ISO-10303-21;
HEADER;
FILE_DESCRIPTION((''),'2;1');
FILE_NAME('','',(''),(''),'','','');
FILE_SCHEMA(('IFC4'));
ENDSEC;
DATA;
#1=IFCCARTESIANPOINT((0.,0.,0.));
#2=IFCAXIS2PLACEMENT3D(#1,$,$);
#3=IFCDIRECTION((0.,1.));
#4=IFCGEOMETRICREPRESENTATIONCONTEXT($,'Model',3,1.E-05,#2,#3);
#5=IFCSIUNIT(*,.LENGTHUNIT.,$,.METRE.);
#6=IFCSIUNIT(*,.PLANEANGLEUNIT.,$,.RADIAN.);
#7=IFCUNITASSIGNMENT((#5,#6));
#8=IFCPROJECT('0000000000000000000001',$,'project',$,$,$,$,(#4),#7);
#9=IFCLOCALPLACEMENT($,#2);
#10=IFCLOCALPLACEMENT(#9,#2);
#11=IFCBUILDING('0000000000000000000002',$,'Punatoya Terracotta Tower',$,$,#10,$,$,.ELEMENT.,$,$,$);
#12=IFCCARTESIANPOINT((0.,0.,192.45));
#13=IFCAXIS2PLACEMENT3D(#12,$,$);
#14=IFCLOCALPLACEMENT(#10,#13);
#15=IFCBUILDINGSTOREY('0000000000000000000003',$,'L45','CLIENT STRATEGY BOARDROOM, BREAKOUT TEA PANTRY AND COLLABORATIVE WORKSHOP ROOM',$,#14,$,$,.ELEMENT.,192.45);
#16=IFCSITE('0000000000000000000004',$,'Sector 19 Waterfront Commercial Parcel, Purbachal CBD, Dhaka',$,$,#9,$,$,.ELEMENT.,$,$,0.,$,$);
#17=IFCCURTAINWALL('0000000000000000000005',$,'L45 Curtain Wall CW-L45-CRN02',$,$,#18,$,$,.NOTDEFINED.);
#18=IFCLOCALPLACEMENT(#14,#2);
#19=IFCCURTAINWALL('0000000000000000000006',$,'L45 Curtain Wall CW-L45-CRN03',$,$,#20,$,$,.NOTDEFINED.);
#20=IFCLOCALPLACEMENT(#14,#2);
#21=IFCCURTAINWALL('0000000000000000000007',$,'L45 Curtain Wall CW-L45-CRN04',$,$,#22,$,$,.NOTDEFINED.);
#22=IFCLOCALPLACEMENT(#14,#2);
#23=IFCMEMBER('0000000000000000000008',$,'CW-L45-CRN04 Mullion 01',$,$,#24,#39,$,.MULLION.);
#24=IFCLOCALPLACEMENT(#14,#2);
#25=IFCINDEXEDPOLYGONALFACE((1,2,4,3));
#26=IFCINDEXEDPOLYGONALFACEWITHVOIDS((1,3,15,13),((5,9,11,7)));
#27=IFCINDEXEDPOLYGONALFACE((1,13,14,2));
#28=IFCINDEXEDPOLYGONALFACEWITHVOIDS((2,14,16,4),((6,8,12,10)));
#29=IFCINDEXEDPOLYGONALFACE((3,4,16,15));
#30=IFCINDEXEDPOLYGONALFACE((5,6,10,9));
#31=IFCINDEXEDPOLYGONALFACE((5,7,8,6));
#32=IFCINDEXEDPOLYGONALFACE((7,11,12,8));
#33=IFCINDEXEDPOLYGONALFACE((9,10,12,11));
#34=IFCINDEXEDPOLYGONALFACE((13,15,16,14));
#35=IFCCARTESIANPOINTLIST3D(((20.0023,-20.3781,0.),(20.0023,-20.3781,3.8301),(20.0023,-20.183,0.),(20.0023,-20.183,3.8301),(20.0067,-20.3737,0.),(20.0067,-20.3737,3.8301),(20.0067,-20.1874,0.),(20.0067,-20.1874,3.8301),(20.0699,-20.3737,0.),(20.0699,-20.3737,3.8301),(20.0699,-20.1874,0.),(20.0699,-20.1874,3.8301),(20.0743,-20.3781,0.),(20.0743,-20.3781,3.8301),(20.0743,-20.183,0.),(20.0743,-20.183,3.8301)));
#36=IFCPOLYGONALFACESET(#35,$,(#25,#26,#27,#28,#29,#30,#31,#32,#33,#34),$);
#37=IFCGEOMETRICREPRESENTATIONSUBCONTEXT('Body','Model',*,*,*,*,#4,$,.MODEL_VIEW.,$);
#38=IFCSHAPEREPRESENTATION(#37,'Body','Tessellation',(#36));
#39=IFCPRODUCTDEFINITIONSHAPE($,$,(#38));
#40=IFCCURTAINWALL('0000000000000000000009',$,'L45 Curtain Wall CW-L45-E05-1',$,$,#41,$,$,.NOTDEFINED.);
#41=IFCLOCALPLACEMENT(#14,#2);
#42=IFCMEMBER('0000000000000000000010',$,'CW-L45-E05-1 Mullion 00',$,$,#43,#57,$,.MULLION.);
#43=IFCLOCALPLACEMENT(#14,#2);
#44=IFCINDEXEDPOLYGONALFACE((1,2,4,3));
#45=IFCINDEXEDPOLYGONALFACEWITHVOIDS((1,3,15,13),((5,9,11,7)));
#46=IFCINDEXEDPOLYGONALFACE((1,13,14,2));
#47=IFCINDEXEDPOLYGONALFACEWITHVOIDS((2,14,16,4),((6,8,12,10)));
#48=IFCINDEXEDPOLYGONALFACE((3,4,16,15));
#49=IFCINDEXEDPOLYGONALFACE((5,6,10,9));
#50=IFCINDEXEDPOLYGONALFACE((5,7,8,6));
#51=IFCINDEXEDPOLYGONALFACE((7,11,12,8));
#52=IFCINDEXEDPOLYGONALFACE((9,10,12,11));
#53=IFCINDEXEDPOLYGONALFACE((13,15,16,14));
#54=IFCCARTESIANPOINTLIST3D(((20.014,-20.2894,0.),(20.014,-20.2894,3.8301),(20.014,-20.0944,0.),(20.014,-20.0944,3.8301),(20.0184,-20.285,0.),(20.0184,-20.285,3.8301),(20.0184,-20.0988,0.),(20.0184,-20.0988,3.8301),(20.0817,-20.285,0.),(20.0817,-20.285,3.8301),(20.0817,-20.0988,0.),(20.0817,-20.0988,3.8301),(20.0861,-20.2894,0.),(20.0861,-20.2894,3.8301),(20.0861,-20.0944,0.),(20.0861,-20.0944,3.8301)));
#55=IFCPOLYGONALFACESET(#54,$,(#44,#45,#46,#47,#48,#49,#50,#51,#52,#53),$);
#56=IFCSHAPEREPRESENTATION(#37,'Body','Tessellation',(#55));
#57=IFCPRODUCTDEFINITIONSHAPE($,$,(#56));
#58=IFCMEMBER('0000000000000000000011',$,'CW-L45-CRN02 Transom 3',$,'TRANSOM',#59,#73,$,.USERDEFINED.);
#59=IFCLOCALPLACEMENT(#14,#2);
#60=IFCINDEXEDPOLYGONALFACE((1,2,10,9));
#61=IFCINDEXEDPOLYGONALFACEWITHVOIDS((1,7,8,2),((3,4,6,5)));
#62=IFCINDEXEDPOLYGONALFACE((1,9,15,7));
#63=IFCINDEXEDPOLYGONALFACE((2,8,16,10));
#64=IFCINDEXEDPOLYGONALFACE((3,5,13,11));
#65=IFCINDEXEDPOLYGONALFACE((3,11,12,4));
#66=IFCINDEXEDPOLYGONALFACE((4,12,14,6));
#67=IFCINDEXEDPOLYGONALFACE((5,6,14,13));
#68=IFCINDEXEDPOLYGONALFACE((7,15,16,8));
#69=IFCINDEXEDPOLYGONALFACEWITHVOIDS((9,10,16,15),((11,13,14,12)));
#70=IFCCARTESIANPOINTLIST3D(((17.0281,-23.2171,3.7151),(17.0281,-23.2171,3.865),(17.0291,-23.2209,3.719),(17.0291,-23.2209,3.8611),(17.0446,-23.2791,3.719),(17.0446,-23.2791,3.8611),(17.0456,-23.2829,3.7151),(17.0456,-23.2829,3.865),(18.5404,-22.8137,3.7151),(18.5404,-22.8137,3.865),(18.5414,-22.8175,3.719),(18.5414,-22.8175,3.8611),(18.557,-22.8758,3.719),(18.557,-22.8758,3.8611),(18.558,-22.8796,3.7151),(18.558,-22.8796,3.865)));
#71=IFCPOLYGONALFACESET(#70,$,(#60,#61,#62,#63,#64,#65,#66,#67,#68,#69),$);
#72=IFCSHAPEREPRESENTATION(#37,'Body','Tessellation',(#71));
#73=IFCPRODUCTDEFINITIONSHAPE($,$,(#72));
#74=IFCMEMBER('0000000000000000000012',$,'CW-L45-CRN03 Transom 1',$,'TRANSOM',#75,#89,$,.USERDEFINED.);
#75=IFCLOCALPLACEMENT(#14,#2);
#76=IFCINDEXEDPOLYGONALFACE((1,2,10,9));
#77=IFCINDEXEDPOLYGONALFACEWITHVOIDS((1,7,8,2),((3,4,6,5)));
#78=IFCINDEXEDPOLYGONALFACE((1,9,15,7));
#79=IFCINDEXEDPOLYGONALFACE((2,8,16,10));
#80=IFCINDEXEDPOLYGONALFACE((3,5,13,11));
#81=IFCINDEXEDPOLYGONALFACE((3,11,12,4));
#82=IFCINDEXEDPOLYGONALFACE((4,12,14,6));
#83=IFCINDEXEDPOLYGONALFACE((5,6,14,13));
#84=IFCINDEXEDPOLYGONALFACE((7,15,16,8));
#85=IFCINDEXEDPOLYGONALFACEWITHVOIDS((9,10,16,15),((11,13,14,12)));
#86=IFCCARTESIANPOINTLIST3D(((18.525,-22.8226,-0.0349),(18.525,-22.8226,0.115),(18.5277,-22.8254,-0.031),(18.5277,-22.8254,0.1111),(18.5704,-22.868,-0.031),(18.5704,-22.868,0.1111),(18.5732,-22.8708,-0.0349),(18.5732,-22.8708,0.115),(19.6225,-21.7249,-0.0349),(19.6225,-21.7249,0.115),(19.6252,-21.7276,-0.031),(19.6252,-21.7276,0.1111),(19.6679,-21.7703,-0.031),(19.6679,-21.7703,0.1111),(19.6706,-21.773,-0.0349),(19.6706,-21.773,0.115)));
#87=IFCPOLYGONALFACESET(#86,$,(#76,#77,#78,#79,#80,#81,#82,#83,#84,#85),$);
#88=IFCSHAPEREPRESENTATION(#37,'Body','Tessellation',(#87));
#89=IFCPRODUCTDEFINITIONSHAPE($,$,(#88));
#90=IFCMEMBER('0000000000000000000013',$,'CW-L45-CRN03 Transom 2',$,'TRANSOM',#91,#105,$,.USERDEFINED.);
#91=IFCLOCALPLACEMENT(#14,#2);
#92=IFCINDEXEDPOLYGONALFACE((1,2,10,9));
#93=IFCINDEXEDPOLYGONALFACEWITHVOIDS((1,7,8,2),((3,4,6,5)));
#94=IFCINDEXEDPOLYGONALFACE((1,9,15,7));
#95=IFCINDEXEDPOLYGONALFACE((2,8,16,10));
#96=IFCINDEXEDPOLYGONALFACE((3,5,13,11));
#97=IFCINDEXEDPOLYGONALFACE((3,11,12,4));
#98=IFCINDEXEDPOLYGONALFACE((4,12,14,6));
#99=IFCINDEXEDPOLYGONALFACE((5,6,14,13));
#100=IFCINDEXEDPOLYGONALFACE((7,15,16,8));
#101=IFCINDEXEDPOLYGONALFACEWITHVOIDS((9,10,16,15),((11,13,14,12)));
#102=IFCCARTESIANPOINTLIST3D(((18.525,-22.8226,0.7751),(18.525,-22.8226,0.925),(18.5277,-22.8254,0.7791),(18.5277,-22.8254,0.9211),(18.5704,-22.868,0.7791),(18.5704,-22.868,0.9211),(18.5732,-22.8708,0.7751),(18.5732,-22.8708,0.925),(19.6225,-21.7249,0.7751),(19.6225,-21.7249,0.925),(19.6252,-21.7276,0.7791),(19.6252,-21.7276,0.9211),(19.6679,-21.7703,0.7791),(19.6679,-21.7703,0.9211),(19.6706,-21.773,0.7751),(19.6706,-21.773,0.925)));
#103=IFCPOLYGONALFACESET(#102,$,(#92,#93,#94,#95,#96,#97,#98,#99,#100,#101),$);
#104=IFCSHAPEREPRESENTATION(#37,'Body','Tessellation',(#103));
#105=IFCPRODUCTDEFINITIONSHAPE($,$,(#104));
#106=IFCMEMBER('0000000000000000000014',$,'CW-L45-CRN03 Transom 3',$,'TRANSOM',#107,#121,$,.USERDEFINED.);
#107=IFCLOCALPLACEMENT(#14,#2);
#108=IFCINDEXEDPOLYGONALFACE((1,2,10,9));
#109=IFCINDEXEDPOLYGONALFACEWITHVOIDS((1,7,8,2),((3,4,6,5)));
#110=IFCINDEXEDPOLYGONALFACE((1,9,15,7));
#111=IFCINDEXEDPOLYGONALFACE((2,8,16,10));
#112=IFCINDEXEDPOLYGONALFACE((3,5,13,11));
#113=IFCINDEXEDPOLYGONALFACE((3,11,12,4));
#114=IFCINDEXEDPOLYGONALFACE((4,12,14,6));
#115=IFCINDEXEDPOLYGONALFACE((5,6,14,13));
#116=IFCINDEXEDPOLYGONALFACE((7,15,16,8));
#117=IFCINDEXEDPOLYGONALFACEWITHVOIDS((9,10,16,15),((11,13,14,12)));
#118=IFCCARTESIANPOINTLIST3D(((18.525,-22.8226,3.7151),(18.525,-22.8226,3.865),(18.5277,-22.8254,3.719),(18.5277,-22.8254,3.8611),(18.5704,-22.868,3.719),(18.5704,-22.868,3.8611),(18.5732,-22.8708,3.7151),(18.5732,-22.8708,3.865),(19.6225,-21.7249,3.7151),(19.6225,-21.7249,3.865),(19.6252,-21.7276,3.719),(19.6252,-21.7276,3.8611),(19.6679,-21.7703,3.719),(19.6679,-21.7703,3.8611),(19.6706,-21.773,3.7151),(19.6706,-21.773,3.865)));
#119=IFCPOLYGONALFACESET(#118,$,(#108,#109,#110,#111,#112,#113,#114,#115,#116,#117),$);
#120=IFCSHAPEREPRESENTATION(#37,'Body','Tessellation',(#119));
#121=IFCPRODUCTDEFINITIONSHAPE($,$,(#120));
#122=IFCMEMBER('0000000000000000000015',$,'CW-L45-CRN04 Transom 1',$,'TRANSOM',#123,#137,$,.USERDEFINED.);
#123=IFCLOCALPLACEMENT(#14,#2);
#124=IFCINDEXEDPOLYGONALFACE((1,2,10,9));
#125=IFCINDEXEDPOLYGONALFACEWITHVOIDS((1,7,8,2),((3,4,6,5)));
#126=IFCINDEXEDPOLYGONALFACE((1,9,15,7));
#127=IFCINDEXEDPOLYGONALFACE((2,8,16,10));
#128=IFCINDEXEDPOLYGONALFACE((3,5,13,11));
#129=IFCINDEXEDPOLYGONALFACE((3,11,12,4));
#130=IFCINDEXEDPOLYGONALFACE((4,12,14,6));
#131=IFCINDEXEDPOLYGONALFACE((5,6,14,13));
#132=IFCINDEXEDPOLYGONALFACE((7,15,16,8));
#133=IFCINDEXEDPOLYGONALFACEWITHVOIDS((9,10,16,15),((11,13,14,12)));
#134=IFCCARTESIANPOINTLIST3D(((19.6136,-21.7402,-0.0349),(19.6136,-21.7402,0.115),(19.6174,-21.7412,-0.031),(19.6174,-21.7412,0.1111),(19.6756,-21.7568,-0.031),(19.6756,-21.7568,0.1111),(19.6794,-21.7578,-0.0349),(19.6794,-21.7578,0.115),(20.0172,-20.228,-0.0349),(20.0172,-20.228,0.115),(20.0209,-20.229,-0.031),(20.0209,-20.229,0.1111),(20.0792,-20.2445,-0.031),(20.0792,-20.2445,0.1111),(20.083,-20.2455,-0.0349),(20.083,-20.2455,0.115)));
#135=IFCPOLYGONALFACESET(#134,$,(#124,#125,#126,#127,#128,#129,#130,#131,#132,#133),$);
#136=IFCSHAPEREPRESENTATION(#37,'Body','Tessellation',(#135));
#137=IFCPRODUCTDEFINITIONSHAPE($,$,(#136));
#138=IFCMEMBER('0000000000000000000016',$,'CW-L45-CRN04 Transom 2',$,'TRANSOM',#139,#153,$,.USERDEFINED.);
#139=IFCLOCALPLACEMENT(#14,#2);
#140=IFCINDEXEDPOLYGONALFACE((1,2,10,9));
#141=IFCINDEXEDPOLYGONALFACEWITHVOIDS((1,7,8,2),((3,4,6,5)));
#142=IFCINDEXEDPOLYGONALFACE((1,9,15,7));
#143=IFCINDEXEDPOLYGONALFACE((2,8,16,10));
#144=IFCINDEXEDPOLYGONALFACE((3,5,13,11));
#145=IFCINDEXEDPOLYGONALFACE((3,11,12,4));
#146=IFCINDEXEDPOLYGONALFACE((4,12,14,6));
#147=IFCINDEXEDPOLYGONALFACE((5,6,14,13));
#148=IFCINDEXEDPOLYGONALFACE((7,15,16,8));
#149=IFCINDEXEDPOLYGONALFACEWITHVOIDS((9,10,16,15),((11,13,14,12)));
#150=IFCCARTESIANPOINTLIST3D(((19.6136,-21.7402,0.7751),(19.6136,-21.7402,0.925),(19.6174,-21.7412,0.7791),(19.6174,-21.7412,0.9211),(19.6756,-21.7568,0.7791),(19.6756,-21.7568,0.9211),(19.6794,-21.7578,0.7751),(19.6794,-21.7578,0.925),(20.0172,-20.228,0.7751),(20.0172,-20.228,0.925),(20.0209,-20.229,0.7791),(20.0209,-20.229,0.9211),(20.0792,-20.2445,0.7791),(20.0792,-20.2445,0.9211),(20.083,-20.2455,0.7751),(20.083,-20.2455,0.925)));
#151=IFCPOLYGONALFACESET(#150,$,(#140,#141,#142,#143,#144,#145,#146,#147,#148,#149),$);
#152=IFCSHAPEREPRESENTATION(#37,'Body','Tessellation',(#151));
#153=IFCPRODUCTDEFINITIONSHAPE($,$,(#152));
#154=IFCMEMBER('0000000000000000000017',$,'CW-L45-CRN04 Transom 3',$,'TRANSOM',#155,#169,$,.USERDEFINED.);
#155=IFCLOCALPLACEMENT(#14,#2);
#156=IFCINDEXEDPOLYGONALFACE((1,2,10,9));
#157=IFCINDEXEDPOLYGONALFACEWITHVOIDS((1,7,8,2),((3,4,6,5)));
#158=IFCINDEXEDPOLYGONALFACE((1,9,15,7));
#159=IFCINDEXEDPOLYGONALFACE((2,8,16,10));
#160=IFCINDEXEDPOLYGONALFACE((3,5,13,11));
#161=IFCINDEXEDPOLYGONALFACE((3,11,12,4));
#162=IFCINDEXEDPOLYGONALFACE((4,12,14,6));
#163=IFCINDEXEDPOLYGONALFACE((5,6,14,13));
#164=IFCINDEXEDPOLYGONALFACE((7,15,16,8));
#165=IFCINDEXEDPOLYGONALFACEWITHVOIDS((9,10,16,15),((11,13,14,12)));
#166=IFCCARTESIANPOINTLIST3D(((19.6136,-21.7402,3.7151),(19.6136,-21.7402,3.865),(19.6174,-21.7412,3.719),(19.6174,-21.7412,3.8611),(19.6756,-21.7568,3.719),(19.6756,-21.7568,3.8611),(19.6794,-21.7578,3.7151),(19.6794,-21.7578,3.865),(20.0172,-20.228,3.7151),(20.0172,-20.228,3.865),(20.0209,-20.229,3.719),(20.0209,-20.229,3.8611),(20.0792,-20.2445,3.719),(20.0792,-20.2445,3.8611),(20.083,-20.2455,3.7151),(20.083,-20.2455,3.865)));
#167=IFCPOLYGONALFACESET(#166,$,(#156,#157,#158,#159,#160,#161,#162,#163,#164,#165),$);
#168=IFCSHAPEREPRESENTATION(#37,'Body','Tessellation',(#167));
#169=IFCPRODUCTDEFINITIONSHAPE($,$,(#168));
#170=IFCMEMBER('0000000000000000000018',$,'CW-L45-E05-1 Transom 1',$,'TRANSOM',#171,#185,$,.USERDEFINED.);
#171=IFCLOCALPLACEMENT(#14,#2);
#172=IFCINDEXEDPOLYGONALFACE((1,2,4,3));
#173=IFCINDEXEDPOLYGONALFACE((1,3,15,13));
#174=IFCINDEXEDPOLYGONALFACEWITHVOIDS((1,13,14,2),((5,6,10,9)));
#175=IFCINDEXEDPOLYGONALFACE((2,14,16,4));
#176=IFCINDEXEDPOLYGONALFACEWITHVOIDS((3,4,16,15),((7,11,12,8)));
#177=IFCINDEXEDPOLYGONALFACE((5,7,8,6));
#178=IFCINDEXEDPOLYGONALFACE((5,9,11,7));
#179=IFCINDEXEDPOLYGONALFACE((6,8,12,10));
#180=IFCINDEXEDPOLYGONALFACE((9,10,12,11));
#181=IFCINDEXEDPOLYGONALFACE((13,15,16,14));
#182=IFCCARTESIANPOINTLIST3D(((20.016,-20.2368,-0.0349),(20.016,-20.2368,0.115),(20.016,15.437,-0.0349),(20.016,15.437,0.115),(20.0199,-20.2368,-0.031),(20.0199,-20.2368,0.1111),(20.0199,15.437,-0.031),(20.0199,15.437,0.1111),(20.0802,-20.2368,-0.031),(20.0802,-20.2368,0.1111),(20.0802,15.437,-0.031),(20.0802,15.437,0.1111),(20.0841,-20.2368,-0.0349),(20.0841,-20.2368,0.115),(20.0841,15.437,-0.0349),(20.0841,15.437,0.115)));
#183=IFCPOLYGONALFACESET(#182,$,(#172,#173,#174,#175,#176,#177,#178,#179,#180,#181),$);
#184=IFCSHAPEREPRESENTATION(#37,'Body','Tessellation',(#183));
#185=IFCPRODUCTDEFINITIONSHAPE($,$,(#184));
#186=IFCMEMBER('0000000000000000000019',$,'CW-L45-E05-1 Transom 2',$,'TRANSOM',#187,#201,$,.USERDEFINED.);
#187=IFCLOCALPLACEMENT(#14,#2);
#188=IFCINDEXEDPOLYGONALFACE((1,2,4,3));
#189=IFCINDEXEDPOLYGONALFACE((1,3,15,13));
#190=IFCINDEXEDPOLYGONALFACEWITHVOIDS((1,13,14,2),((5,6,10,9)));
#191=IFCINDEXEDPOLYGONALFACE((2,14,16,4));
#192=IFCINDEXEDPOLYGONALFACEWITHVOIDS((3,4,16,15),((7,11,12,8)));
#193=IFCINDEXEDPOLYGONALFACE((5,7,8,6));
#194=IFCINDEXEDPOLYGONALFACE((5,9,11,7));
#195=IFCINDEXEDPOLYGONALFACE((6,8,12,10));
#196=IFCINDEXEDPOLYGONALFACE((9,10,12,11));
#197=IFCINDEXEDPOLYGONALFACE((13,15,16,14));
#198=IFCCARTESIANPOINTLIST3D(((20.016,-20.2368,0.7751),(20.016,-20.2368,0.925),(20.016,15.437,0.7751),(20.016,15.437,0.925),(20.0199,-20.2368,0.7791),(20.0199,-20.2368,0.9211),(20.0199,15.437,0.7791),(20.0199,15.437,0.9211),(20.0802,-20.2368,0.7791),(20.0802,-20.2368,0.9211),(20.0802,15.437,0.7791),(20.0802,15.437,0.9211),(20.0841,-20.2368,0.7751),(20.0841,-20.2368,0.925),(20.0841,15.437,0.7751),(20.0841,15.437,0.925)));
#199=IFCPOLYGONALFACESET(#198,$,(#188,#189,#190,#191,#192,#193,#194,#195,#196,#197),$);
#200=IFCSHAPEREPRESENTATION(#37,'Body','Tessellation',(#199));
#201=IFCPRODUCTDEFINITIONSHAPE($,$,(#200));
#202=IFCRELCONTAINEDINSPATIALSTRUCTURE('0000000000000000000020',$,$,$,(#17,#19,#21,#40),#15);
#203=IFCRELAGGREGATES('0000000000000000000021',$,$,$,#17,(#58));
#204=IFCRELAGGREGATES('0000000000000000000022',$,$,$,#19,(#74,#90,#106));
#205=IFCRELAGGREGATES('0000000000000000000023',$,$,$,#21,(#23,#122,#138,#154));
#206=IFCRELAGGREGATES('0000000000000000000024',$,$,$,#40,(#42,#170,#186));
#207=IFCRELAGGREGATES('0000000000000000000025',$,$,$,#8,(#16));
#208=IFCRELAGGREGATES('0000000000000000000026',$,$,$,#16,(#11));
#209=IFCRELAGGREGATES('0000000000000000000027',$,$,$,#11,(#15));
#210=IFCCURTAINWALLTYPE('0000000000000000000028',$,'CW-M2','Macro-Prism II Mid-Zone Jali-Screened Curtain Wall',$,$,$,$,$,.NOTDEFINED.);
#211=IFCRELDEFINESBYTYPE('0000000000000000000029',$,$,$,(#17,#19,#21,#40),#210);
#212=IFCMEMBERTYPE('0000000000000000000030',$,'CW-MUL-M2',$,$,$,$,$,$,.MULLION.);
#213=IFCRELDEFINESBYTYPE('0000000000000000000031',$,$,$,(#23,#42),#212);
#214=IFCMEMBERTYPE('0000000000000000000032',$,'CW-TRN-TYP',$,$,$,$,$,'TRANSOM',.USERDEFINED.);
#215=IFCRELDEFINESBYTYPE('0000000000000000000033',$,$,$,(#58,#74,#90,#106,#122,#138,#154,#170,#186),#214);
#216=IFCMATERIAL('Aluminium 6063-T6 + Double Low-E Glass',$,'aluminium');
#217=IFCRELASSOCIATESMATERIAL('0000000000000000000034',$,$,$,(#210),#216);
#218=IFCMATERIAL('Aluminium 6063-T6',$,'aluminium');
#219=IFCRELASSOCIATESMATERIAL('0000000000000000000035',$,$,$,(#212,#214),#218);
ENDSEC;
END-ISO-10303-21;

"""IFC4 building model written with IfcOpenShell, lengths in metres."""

from ifc_helpers import new_model, si_unit, direction, frame, origin, origin_2d, place, context, subcontext, project, spatial, hollow_rectangle, extrude, material, material_profile, profile_set, type_object, element, aggregate, save


model = new_model("IFC4")

# Units and contexts
model_context = context("Model", 3, precision=1e-05, world=origin(), true_north=direction((0.0, 1.0)))
body_context = subcontext(model_context, "Body", "Model", "MODEL_VIEW")
ifc_project = project(units=[si_unit("LENGTHUNIT", "METRE"), si_unit("PLANEANGLEUNIT", "RADIAN")], contexts=[model_context])

# Site, building, storey
site_placement = place(None, origin())
site = spatial("IfcSite", under=ifc_project, at=site_placement, Name="Sector 19 Waterfront Commercial Parcel, Purbachal CBD, Dhaka", CompositionType="ELEMENT", RefElevation=0.0)
building_placement = place(site_placement, origin())
building = spatial("IfcBuilding", under=site, at=building_placement, Name="Punatoya Terracotta Tower", CompositionType="ELEMENT")
storey_placement = place(building_placement, frame((0.0, 0.0, 192.45)))
storey = spatial("IfcBuildingStorey", under=building, at=storey_placement, Name="L45", Description="CLIENT STRATEGY BOARDROOM, BREAKOUT TEA PANTRY AND COLLABORATIVE WORKSHOP ROOM", CompositionType="ELEMENT", Elevation=192.45)

# Curtain walls, member
ifc_material_1 = material(Name="Aluminium 6063-T6 + Double Low-E Glass", Category="aluminium")
curtain_wall_type = type_object("IfcCurtainWallType", Name="CW-M2", Description="Macro-Prism II Mid-Zone Jali-Screened Curtain Wall", PredefinedType="NOTDEFINED", material=ifc_material_1)
curtain_wall_1_placement = place(storey_placement, origin())
curtain_wall_1 = element("IfcCurtainWall", 1, at=curtain_wall_1_placement, inside=storey, type_object=curtain_wall_type, Name="L45 Curtain Wall CW-L45-CRN02", PredefinedType="NOTDEFINED")
ifc_material_2 = material(Name="Aluminium 6063-T6", Category="aluminium")
ifc_material_profile_1 = material_profile(ifc_material_2, hollow_rectangle(XDim=0.072, YDim=0.1951, WallThickness=0.0044, at=origin_2d()))
ifc_profile_set_1 = profile_set([ifc_material_profile_1], Name="Aluminium 6063-T6")
member_type_1 = type_object("IfcMemberType", Name="CW-MUL-M2", PredefinedType="MULLION", material=ifc_profile_set_1)
curtain_wall_2_placement = place(storey_placement, origin())
curtain_wall_2 = element("IfcCurtainWall", 2, at=curtain_wall_2_placement, inside=storey, type_object=curtain_wall_type, Name="L45 Curtain Wall CW-L45-CRN03", PredefinedType="NOTDEFINED")
curtain_wall_3_placement = place(storey_placement, origin())
curtain_wall_3 = element("IfcCurtainWall", 3, at=curtain_wall_3_placement, inside=storey, type_object=curtain_wall_type, Name="L45 Curtain Wall CW-L45-CRN04", PredefinedType="NOTDEFINED")
member_1_placement = place(storey_placement, frame((20.0383, -20.2805, 0.0), z_axis=(0.0, 0.0, 1.0), x_axis=(1.0, 0.0, 0.0)))
member_1 = element("IfcMember", 4, at=member_1_placement, type_object=member_type_1, Name="CW-L45-CRN04 Mullion 01", PredefinedType="MULLION", context=body_context, shape_type="SweptSolid", body=[
    extrude(hollow_rectangle(XDim=0.072, YDim=0.1951, WallThickness=0.0044, at=origin_2d()), origin(), (0.0, 0.0, 1.0), 3.8301),
])

# Curtain wall, member
curtain_wall_4_placement = place(storey_placement, origin())
curtain_wall_4 = element("IfcCurtainWall", 5, at=curtain_wall_4_placement, inside=storey, type_object=curtain_wall_type, Name="L45 Curtain Wall CW-L45-E05-1", PredefinedType="NOTDEFINED")
member_2_placement = place(storey_placement, frame((20.05, -20.1919, 0.0), z_axis=(0.0, 0.0, 1.0), x_axis=(1.0, 0.0, 0.0)))
member_2 = element("IfcMember", 6, at=member_2_placement, type_object=member_type_1, Name="CW-L45-E05-1 Mullion 00", PredefinedType="MULLION", context=body_context, shape_type="SweptSolid", body=[
    extrude(hollow_rectangle(XDim=0.072, YDim=0.1951, WallThickness=0.0044, at=origin_2d()), origin(), (0.0, 0.0, 1.0), 3.8301),
])

# Members
ifc_material_profile_2 = material_profile(ifc_material_2, hollow_rectangle(XDim=0.0681, YDim=0.1499, WallThickness=0.0039, at=origin_2d()))
ifc_profile_set_2 = profile_set([ifc_material_profile_2], Name="Aluminium 6063-T6")
member_type_2 = type_object("IfcMemberType", Name="CW-TRN-TYP", ElementType="TRANSOM", PredefinedType="USERDEFINED", material=ifc_profile_set_2)
member_3_placement = place(storey_placement, frame((17.0369, -23.25, 3.79), z_axis=(0.966225, 0.257701, 0.0), x_axis=(-0.257701, 0.966225, 0.0)))
member_3 = element("IfcMember", 7, at=member_3_placement, type_object=member_type_2, Name="CW-L45-CRN02 Transom 3", ObjectType="TRANSOM", PredefinedType="USERDEFINED", context=body_context, shape_type="SweptSolid", body=[
    extrude(hollow_rectangle(XDim=0.0681, YDim=0.1499, WallThickness=0.0039, at=origin_2d()), origin(), (0.0, 0.0, 1.0), 1.5652),
])
member_4_placement = place(storey_placement, frame((18.5491, -22.8467, 0.04), z_axis=(0.707028, 0.707185, 0.0), x_axis=(-0.707185, 0.707028, 0.0)))
member_4 = element("IfcMember", 8, at=member_4_placement, type_object=member_type_2, Name="CW-L45-CRN03 Transom 1", ObjectType="TRANSOM", PredefinedType="USERDEFINED", context=body_context, shape_type="SweptSolid", body=[
    extrude(hollow_rectangle(XDim=0.0681, YDim=0.1499, WallThickness=0.0039, at=origin_2d()), origin(), (0.0, 0.0, 1.0), 1.5522),
])
member_5_placement = place(storey_placement, frame((18.5491, -22.8467, 0.8501), z_axis=(0.707028, 0.707185, 0.0), x_axis=(-0.707185, 0.707028, 0.0)))
member_5 = element("IfcMember", 9, at=member_5_placement, type_object=member_type_2, Name="CW-L45-CRN03 Transom 2", ObjectType="TRANSOM", PredefinedType="USERDEFINED", context=body_context, shape_type="SweptSolid", body=[
    extrude(hollow_rectangle(XDim=0.0681, YDim=0.1499, WallThickness=0.0039, at=origin_2d()), origin(), (0.0, 0.0, 1.0), 1.5522),
])
member_6_placement = place(storey_placement, frame((18.5491, -22.8467, 3.79), z_axis=(0.707028, 0.707185, 0.0), x_axis=(-0.707185, 0.707028, 0.0)))
member_6 = element("IfcMember", 10, at=member_6_placement, type_object=member_type_2, Name="CW-L45-CRN03 Transom 3", ObjectType="TRANSOM", PredefinedType="USERDEFINED", context=body_context, shape_type="SweptSolid", body=[
    extrude(hollow_rectangle(XDim=0.0681, YDim=0.1499, WallThickness=0.0039, at=origin_2d()), origin(), (0.0, 0.0, 1.0), 1.5522),
])
member_7_placement = place(storey_placement, frame((19.6465, -21.749, 0.04), z_axis=(0.257847, 0.966186, 0.0), x_axis=(-0.966186, 0.257847, 0.0)))
member_7 = element("IfcMember", 11, at=member_7_placement, type_object=member_type_2, Name="CW-L45-CRN04 Transom 1", ObjectType="TRANSOM", PredefinedType="USERDEFINED", context=body_context, shape_type="SweptSolid", body=[
    extrude(hollow_rectangle(XDim=0.0681, YDim=0.1499, WallThickness=0.0039, at=origin_2d()), origin(), (0.0, 0.0, 1.0), 1.5652),
])
member_8_placement = place(storey_placement, frame((19.6465, -21.749, 0.8501), z_axis=(0.257847, 0.966186, 0.0), x_axis=(-0.966186, 0.257847, 0.0)))
member_8 = element("IfcMember", 12, at=member_8_placement, type_object=member_type_2, Name="CW-L45-CRN04 Transom 2", ObjectType="TRANSOM", PredefinedType="USERDEFINED", context=body_context, shape_type="SweptSolid", body=[
    extrude(hollow_rectangle(XDim=0.0681, YDim=0.1499, WallThickness=0.0039, at=origin_2d()), origin(), (0.0, 0.0, 1.0), 1.5652),
])
member_9_placement = place(storey_placement, frame((19.6465, -21.749, 3.79), z_axis=(0.257847, 0.966186, 0.0), x_axis=(-0.966186, 0.257847, 0.0)))
member_9 = element("IfcMember", 13, at=member_9_placement, type_object=member_type_2, Name="CW-L45-CRN04 Transom 3", ObjectType="TRANSOM", PredefinedType="USERDEFINED", context=body_context, shape_type="SweptSolid", body=[
    extrude(hollow_rectangle(XDim=0.0681, YDim=0.1499, WallThickness=0.0039, at=origin_2d()), origin(), (0.0, 0.0, 1.0), 1.5652),
])
member_10_placement = place(storey_placement, frame((20.05, -20.2368, 0.04), z_axis=(0.0, 1.0, 0.0), x_axis=(-1.0, 0.0, 0.0)))
member_10 = element("IfcMember", 14, at=member_10_placement, type_object=member_type_2, Name="CW-L45-E05-1 Transom 1", ObjectType="TRANSOM", PredefinedType="USERDEFINED", context=body_context, shape_type="SweptSolid", body=[
    extrude(hollow_rectangle(XDim=0.0681, YDim=0.1499, WallThickness=0.0039, at=origin_2d()), origin(), (0.0, 0.0, 1.0), 35.6738),
])
member_11_placement = place(storey_placement, frame((20.05, -20.2368, 0.8501), z_axis=(0.0, 1.0, 0.0), x_axis=(-1.0, 0.0, 0.0)))
member_11 = element("IfcMember", 15, at=member_11_placement, type_object=member_type_2, Name="CW-L45-E05-1 Transom 2", ObjectType="TRANSOM", PredefinedType="USERDEFINED", context=body_context, shape_type="SweptSolid", body=[
    extrude(hollow_rectangle(XDim=0.0681, YDim=0.1499, WallThickness=0.0039, at=origin_2d()), origin(), (0.0, 0.0, 1.0), 35.6738),
])

aggregate(curtain_wall_1, [member_3])
aggregate(curtain_wall_2, [member_4, member_5, member_6])
aggregate(curtain_wall_3, [member_1, member_7, member_8, member_9])
aggregate(curtain_wall_4, [member_2, member_10, member_11])

save(model, "model.ifc")
